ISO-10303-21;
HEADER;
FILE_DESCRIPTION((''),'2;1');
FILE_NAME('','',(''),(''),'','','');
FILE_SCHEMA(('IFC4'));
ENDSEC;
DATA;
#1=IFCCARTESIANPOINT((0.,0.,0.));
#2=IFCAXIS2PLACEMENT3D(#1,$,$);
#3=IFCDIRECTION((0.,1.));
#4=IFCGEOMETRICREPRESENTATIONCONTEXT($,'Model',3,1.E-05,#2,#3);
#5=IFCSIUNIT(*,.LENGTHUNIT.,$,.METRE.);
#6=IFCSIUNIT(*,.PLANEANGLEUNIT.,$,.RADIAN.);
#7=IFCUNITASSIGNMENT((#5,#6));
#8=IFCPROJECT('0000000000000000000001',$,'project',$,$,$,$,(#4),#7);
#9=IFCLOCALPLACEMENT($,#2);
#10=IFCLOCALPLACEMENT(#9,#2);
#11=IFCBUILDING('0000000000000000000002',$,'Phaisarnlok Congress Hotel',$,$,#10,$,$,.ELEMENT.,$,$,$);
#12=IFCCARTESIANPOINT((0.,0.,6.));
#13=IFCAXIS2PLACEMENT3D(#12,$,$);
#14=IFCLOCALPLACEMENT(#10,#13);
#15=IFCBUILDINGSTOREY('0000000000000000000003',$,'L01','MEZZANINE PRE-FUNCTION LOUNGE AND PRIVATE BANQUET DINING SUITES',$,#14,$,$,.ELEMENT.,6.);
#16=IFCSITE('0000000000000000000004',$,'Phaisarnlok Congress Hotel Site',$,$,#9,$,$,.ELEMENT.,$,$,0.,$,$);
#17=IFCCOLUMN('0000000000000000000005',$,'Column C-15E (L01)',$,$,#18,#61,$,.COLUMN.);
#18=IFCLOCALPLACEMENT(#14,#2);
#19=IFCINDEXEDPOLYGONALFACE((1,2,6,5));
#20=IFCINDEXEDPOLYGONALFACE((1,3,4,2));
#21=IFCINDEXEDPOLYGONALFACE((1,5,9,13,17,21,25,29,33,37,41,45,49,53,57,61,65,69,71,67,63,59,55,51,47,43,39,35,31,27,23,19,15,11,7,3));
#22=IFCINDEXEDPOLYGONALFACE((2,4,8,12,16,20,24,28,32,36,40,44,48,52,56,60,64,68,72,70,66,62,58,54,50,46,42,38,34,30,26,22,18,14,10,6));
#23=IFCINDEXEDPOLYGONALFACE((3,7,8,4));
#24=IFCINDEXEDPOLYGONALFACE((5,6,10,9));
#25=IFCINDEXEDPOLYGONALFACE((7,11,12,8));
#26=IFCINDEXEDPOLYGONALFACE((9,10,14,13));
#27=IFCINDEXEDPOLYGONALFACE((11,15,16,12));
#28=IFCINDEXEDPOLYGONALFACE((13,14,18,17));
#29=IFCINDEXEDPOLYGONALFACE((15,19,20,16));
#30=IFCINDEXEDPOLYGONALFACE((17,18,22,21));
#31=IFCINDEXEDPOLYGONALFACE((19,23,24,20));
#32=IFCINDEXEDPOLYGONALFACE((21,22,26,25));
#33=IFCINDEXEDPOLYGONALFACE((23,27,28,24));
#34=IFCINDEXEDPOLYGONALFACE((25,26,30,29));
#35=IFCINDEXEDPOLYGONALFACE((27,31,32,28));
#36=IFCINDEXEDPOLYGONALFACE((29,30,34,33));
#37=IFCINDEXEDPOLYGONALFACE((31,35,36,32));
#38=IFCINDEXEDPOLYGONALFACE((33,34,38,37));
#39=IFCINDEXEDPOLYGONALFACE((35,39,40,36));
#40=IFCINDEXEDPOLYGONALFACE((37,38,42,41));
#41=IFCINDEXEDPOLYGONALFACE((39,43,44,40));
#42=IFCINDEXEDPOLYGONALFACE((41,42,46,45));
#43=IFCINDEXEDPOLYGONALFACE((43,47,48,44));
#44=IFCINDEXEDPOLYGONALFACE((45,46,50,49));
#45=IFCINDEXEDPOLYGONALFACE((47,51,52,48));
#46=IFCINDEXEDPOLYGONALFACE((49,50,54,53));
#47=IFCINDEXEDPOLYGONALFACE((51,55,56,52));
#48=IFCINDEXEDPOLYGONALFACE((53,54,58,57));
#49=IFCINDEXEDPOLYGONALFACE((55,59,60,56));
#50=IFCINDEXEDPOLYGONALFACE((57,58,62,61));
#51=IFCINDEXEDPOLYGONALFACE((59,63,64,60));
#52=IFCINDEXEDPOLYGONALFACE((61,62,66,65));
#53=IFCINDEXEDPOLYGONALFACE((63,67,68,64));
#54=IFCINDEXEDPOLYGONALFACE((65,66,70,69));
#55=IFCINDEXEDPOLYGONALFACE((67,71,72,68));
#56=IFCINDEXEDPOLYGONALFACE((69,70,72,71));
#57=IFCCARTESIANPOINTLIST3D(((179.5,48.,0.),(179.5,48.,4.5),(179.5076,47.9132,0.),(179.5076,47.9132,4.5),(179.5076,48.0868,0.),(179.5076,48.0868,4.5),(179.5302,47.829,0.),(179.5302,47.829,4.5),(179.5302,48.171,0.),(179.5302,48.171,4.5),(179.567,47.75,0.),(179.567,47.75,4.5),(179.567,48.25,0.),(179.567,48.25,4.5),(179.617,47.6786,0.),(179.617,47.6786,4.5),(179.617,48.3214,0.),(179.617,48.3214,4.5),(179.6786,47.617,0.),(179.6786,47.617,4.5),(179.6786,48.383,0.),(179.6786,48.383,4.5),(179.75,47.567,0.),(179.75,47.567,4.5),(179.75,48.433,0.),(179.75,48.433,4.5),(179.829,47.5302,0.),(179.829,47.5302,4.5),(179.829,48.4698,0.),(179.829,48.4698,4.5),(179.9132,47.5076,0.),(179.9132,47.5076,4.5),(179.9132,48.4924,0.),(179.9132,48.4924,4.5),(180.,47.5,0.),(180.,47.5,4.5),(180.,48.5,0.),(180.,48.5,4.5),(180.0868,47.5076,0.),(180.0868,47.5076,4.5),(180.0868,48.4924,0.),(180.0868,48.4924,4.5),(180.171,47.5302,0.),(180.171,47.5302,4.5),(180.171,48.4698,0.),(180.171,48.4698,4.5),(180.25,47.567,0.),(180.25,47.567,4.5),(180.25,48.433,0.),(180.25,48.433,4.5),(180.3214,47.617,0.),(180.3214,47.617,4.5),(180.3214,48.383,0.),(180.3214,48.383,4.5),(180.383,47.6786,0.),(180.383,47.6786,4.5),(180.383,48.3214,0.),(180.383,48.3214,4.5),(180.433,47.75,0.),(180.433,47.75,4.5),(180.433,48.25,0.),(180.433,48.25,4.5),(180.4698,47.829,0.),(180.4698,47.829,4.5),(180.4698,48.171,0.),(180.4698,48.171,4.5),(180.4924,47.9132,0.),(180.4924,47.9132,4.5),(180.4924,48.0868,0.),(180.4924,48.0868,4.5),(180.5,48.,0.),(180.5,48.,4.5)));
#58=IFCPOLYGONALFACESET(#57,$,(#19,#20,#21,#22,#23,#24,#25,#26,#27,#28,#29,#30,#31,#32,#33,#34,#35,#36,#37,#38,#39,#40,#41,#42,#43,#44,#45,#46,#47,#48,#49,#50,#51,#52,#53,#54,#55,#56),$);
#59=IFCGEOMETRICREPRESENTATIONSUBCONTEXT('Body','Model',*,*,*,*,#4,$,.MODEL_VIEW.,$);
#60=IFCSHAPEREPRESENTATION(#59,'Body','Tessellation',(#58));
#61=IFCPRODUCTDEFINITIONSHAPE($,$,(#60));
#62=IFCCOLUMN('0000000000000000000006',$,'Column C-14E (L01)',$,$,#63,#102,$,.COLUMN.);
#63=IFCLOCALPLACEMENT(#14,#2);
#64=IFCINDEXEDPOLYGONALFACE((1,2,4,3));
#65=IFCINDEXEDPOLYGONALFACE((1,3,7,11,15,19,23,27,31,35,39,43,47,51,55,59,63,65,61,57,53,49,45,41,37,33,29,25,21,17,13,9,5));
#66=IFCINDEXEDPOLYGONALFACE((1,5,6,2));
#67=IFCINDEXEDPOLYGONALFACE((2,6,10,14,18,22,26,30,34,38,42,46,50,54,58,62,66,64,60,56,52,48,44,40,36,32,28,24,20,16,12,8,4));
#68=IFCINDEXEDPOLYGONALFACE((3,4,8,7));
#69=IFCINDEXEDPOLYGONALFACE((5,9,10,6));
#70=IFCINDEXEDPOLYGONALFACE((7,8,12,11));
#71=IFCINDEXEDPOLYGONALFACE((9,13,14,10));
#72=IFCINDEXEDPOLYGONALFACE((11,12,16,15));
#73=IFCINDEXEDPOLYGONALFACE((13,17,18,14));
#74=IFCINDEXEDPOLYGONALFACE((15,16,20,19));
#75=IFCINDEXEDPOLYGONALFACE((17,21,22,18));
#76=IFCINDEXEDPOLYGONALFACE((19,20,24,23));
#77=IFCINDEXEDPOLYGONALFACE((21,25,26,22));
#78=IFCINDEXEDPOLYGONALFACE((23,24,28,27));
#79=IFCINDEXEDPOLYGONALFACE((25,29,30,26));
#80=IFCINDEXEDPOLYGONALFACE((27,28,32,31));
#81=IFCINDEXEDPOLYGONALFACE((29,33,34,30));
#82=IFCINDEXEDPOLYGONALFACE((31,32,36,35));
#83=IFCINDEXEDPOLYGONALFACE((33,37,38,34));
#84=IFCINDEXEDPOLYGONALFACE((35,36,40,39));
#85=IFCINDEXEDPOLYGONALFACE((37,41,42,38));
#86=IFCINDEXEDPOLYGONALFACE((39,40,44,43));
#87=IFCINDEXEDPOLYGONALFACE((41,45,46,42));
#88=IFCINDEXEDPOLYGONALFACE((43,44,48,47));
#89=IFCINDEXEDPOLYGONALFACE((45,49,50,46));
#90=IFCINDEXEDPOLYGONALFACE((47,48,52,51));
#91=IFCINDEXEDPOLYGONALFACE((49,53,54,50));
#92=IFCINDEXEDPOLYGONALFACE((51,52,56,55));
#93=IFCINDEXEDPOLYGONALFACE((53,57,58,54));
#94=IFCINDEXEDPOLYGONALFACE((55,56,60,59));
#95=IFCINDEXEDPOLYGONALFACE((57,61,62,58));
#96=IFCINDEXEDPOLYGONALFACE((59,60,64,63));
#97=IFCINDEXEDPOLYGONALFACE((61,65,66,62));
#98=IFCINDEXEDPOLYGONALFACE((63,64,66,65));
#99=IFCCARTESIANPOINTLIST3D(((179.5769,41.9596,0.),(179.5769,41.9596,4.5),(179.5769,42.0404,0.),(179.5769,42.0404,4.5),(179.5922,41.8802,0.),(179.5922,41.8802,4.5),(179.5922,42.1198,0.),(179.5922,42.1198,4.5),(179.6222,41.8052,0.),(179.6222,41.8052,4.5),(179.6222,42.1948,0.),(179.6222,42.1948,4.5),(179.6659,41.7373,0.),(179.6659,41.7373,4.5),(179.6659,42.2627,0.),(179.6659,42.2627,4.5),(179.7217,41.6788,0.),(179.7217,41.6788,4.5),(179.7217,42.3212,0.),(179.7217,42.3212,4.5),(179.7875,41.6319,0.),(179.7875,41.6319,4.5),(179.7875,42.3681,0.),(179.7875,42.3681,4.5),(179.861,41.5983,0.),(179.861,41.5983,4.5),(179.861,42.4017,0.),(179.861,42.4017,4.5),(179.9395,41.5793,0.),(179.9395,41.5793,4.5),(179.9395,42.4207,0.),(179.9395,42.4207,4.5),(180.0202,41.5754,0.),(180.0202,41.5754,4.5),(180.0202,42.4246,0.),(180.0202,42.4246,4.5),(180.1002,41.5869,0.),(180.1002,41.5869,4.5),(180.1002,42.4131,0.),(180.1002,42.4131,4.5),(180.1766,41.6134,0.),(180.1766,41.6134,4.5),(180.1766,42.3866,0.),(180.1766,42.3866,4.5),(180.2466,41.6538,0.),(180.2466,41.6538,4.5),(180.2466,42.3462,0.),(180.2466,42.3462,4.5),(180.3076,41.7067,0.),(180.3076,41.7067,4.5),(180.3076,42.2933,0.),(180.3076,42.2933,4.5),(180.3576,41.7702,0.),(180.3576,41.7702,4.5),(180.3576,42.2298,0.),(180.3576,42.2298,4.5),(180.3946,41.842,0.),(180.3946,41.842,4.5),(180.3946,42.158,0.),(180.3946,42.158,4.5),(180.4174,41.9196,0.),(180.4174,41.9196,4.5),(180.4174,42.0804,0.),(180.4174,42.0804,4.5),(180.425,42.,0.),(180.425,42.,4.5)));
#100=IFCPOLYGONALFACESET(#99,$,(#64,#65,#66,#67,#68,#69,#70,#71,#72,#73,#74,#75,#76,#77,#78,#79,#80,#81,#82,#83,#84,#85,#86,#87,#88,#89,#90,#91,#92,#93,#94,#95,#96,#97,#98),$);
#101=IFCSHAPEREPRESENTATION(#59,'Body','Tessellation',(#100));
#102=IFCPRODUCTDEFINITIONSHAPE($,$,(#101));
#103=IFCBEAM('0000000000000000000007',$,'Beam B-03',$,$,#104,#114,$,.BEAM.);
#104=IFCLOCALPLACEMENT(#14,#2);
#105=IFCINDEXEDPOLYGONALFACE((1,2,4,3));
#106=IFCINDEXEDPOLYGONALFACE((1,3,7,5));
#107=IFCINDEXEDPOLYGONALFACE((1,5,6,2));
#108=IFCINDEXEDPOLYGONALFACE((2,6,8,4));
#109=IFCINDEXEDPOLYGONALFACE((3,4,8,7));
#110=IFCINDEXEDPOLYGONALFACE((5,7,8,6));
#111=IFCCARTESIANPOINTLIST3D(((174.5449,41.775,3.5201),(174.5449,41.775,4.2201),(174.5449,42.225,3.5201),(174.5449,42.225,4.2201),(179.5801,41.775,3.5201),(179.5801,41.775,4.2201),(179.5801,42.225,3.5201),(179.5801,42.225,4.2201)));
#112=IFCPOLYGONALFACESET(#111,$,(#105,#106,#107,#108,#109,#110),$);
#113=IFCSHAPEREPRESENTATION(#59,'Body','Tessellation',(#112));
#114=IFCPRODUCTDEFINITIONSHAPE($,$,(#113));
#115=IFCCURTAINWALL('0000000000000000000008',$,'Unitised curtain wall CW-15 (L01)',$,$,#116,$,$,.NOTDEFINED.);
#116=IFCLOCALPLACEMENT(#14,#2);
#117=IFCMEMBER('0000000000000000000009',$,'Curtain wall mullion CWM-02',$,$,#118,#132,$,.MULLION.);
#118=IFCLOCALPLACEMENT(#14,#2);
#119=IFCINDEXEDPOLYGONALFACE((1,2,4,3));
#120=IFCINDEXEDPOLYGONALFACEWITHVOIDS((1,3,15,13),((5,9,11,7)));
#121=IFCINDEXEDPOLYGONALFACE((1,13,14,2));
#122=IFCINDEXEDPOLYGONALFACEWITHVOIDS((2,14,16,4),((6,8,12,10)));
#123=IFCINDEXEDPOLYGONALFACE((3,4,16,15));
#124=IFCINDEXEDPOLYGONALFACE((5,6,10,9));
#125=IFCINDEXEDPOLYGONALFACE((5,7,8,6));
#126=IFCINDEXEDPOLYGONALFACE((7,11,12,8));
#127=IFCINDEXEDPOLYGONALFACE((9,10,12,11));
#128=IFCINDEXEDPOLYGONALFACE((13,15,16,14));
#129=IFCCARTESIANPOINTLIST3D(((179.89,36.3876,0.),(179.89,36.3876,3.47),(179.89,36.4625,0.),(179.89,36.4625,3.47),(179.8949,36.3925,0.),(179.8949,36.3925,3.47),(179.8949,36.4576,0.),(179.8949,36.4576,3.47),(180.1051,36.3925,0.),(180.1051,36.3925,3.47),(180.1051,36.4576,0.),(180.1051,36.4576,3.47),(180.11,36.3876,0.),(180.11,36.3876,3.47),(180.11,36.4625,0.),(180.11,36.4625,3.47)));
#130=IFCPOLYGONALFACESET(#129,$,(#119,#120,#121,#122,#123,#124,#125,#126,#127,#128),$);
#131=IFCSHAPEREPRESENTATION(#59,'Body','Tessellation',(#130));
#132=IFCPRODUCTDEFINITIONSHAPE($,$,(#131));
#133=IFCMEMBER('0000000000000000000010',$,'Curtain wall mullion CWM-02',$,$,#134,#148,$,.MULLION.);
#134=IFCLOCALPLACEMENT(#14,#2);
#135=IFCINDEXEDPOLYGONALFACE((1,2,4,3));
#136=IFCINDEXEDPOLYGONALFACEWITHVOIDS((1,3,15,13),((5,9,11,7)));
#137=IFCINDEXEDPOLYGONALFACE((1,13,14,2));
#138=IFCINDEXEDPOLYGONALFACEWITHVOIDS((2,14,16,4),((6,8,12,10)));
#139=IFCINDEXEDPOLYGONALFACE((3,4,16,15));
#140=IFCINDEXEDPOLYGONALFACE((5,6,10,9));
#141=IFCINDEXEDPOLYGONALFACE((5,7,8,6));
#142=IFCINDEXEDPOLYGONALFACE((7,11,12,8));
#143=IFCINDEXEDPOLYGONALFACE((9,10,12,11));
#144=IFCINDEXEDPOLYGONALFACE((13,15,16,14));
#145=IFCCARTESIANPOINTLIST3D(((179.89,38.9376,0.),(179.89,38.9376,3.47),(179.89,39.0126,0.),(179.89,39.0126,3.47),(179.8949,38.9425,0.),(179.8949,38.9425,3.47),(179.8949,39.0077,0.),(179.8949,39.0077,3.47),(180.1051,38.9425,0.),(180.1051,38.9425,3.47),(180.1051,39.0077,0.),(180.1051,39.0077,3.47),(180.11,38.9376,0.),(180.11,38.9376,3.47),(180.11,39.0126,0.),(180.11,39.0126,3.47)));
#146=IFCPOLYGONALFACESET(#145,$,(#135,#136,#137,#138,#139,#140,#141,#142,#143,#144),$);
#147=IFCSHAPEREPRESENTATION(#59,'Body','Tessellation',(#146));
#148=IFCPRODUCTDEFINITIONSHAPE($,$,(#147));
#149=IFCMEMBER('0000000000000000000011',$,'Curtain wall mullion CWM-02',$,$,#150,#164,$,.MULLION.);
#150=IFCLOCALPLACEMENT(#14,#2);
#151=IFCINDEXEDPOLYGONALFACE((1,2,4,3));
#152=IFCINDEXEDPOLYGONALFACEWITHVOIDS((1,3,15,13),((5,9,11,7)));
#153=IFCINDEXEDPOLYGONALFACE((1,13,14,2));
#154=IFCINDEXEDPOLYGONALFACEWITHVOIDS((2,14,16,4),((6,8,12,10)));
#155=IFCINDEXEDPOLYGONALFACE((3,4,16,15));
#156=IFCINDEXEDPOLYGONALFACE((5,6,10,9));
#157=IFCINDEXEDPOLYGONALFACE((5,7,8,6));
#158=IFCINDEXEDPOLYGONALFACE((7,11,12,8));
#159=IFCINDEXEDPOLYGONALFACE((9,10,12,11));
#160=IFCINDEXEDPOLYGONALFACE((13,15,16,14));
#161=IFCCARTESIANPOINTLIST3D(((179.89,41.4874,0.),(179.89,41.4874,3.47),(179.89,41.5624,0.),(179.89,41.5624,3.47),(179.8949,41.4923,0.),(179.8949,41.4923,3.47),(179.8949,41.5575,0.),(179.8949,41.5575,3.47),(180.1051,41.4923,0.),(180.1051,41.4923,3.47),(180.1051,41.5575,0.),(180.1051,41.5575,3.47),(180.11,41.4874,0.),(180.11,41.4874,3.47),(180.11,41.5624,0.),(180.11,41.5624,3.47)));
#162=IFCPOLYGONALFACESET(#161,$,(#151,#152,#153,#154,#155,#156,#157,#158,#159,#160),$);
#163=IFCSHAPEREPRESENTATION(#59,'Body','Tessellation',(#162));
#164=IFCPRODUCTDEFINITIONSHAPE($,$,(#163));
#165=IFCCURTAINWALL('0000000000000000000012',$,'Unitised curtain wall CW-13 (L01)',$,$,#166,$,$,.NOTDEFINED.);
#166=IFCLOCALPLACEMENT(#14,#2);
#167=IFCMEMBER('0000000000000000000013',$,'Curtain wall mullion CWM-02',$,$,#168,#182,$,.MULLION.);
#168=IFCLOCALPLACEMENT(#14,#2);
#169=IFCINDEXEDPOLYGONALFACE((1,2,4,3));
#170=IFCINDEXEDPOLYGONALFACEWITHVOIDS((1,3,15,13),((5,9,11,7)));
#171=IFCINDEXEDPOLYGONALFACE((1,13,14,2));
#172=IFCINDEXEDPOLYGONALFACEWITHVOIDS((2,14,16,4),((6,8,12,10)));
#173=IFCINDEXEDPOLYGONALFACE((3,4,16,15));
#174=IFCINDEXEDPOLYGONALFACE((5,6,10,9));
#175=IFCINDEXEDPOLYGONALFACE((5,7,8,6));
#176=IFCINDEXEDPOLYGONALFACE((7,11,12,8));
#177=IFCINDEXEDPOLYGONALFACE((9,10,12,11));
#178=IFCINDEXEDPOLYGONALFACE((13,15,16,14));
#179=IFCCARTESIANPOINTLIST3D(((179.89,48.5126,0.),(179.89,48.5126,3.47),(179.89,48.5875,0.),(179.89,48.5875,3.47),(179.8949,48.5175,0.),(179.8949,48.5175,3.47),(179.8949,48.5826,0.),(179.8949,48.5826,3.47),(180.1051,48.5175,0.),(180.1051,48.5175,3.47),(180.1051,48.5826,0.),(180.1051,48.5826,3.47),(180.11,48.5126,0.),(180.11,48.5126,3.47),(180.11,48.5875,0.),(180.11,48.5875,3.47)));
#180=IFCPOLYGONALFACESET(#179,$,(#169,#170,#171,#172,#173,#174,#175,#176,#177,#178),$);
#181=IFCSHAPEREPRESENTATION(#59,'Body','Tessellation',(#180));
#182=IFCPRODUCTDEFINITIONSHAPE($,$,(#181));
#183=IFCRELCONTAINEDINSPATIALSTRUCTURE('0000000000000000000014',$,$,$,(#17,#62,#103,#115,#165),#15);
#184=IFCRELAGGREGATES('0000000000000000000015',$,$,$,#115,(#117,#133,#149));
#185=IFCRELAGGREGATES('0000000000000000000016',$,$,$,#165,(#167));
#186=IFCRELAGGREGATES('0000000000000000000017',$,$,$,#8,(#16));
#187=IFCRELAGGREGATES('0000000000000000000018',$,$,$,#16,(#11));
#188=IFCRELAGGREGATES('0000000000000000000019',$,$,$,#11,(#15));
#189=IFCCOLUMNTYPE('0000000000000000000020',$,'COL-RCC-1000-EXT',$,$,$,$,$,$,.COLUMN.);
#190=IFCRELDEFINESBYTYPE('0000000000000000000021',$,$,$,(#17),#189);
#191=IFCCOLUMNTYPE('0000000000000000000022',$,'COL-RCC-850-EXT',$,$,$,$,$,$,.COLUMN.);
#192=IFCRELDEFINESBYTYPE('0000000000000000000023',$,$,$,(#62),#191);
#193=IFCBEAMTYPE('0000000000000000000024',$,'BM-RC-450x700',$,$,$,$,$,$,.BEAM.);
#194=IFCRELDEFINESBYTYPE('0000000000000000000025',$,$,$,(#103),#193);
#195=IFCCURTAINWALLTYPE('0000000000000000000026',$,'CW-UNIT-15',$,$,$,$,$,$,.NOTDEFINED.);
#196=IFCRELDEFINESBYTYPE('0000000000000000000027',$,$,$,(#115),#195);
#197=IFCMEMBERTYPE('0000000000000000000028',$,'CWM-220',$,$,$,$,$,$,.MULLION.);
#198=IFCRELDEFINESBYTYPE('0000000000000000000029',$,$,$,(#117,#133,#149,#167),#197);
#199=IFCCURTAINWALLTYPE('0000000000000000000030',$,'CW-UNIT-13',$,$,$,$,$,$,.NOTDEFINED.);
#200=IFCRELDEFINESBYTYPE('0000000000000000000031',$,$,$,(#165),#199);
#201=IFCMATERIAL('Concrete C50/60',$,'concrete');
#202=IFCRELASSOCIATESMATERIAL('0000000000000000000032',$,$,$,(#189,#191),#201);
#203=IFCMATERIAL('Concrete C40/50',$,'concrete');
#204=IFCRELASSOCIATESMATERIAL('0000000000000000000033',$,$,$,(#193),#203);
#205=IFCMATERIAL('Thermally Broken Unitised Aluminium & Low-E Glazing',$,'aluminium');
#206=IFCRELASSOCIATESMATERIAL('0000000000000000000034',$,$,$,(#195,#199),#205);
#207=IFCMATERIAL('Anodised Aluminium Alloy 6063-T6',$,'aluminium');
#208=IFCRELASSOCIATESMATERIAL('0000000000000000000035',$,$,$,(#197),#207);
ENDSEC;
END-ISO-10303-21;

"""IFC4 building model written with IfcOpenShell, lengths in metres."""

from ifc_helpers import new_model, si_unit, direction, frame, origin, origin_2d, place, context, subcontext, project, spatial, rectangle, hollow_rectangle, circle, extrude, material, material_profile, profile_set, type_object, element, aggregate, save


model = new_model("IFC4")

# Units and contexts
model_context = context("Model", 3, precision=1e-05, world=origin(), true_north=direction((0.0, 1.0)))
body_context = subcontext(model_context, "Body", "Model", "MODEL_VIEW")
ifc_project = project(units=[si_unit("LENGTHUNIT", "METRE"), si_unit("PLANEANGLEUNIT", "RADIAN")], contexts=[model_context])

# Site, building, storey
site_placement = place(None, origin())
site = spatial("IfcSite", under=ifc_project, at=site_placement, Name="Phaisarnlok Congress Hotel Site", CompositionType="ELEMENT", RefElevation=0.0)
building_placement = place(site_placement, origin())
building = spatial("IfcBuilding", under=site, at=building_placement, Name="Phaisarnlok Congress Hotel", CompositionType="ELEMENT")
storey_placement = place(building_placement, frame((0.0, 0.0, 6.0)))
storey = spatial("IfcBuildingStorey", under=building, at=storey_placement, Name="L01", Description="MEZZANINE PRE-FUNCTION LOUNGE AND PRIVATE BANQUET DINING SUITES", CompositionType="ELEMENT", Elevation=6.0)

# Columns
ifc_material_1 = material(Name="Concrete C50/60", Category="concrete")
ifc_material_profile_1 = material_profile(ifc_material_1, circle(Radius=0.5, at=origin_2d()), Name="RCC D1000")
ifc_profile_set_1 = profile_set([ifc_material_profile_1], Name="Concrete C50/60")
column_type_1 = type_object("IfcColumnType", Name="COL-RCC-1000-EXT", PredefinedType="COLUMN", material=ifc_profile_set_1)
column_1_placement = place(storey_placement, frame((180.0, 48.0, 0.0), z_axis=(0.0, 0.0, 1.0), x_axis=(1.0, 0.0, 0.0)))
element("IfcColumn", 1, at=column_1_placement, inside=storey, type_object=column_type_1, Name="Column C-15E (L01)", PredefinedType="COLUMN", context=body_context, shape_type="SweptSolid", body=[
    extrude(circle(Radius=0.5, at=origin_2d()), origin(), (0.0, 0.0, 1.0), 4.5),
])
ifc_material_profile_2 = material_profile(ifc_material_1, circle(Radius=0.425, at=origin_2d()), Name="RCC D850")
ifc_profile_set_2 = profile_set([ifc_material_profile_2], Name="Concrete C50/60")
column_type_2 = type_object("IfcColumnType", Name="COL-RCC-850-EXT", PredefinedType="COLUMN", material=ifc_profile_set_2)
column_2_placement = place(storey_placement, frame((180.0, 42.0, 0.0), z_axis=(0.0, 0.0, 1.0), x_axis=(1.0, 0.0, 0.0)))
element("IfcColumn", 2, at=column_2_placement, inside=storey, type_object=column_type_2, Name="Column C-14E (L01)", PredefinedType="COLUMN", context=body_context, shape_type="SweptSolid", body=[
    extrude(circle(Radius=0.425, at=origin_2d()), origin(), (0.0, 0.0, 1.0), 4.5),
])

# Beam
ifc_material_2 = material(Name="Concrete C40/50", Category="concrete")
ifc_material_profile_3 = material_profile(ifc_material_2, rectangle(XDim=0.45, YDim=0.7, at=origin_2d()), Name="RC 450x700")
ifc_profile_set_3 = profile_set([ifc_material_profile_3], Name="Concrete C40/50")
beam_type_1 = type_object("IfcBeamType", Name="BM-RC-450x700", PredefinedType="BEAM", material=ifc_profile_set_3)
beam_1_placement = place(storey_placement, frame((174.5449, 42.0, 3.8701), z_axis=(1.0, 0.0, 0.0), x_axis=(0.0, 1.0, 0.0)))
element("IfcBeam", 3, at=beam_1_placement, inside=storey, type_object=beam_type_1, Name="Beam B-03", PredefinedType="BEAM", context=body_context, shape_type="SweptSolid", body=[
    extrude(rectangle(XDim=0.45, YDim=0.7, at=origin_2d()), origin(), (0.0, 0.0, 1.0), 5.0352),
])

# Curtain wall, members
ifc_material_3 = material(Name="Thermally Broken Unitised Aluminium & Low-E Glazing", Category="aluminium")
curtain_wall_type_1 = type_object("IfcCurtainWallType", Name="CW-UNIT-15", PredefinedType="NOTDEFINED", material=ifc_material_3)
curtain_wall_1_placement = place(storey_placement, origin())
curtain_wall_1 = element("IfcCurtainWall", 4, at=curtain_wall_1_placement, inside=storey, type_object=curtain_wall_type_1, Name="Unitised curtain wall CW-15 (L01)", PredefinedType="NOTDEFINED")
ifc_material_4 = material(Name="Anodised Aluminium Alloy 6063-T6", Category="aluminium")
ifc_material_profile_4 = material_profile(ifc_material_4, hollow_rectangle(XDim=0.075, YDim=0.22, WallThickness=0.0049, at=origin_2d()), Name="ALU-M 75x220x5")
ifc_profile_set_4 = profile_set([ifc_material_profile_4], Name="Anodised Aluminium Alloy 6063-T6")
member_type_1 = type_object("IfcMemberType", Name="CWM-220", PredefinedType="MULLION", material=ifc_profile_set_4)
member_1_placement = place(storey_placement, frame((180.0, 36.425, 0.0), z_axis=(0.0, 0.0, 1.0), x_axis=(0.0, 1.0, 0.0)))
member_1 = element("IfcMember", 5, at=member_1_placement, type_object=member_type_1, Name="Curtain wall mullion CWM-02", PredefinedType="MULLION", context=body_context, shape_type="SweptSolid", body=[
    extrude(hollow_rectangle(XDim=0.075, YDim=0.22, WallThickness=0.0049, at=origin_2d()), origin(), (0.0, 0.0, 1.0), 3.47),
])
member_2_placement = place(storey_placement, frame((180.0, 38.9751, 0.0), z_axis=(0.0, 0.0, 1.0), x_axis=(0.0, 1.0, 0.0)))
member_2 = element("IfcMember", 6, at=member_2_placement, type_object=member_type_1, Name="Curtain wall mullion CWM-02", PredefinedType="MULLION", context=body_context, shape_type="SweptSolid", body=[
    extrude(hollow_rectangle(XDim=0.075, YDim=0.22, WallThickness=0.0049, at=origin_2d()), origin(), (0.0, 0.0, 1.0), 3.47),
])
member_3_placement = place(storey_placement, frame((180.0, 41.5249, 0.0), z_axis=(0.0, 0.0, 1.0), x_axis=(0.0, 1.0, 0.0)))
member_3 = element("IfcMember", 7, at=member_3_placement, type_object=member_type_1, Name="Curtain wall mullion CWM-02", PredefinedType="MULLION", context=body_context, shape_type="SweptSolid", body=[
    extrude(hollow_rectangle(XDim=0.075, YDim=0.22, WallThickness=0.0049, at=origin_2d()), origin(), (0.0, 0.0, 1.0), 3.47),
])

# Curtain wall, member
curtain_wall_type_2 = type_object("IfcCurtainWallType", Name="CW-UNIT-13", PredefinedType="NOTDEFINED", material=ifc_material_3)
curtain_wall_2_placement = place(storey_placement, origin())
curtain_wall_2 = element("IfcCurtainWall", 8, at=curtain_wall_2_placement, inside=storey, type_object=curtain_wall_type_2, Name="Unitised curtain wall CW-13 (L01)", PredefinedType="NOTDEFINED")
member_4_placement = place(storey_placement, frame((180.0, 48.55, 0.0), z_axis=(0.0, 0.0, 1.0), x_axis=(0.0, 1.0, 0.0)))
member_4 = element("IfcMember", 9, at=member_4_placement, type_object=member_type_1, Name="Curtain wall mullion CWM-02", PredefinedType="MULLION", context=body_context, shape_type="SweptSolid", body=[
    extrude(hollow_rectangle(XDim=0.075, YDim=0.22, WallThickness=0.0049, at=origin_2d()), origin(), (0.0, 0.0, 1.0), 3.47),
])

aggregate(curtain_wall_1, [member_1, member_2, member_3])
aggregate(curtain_wall_2, [member_4])

save(model, "model.ifc")
